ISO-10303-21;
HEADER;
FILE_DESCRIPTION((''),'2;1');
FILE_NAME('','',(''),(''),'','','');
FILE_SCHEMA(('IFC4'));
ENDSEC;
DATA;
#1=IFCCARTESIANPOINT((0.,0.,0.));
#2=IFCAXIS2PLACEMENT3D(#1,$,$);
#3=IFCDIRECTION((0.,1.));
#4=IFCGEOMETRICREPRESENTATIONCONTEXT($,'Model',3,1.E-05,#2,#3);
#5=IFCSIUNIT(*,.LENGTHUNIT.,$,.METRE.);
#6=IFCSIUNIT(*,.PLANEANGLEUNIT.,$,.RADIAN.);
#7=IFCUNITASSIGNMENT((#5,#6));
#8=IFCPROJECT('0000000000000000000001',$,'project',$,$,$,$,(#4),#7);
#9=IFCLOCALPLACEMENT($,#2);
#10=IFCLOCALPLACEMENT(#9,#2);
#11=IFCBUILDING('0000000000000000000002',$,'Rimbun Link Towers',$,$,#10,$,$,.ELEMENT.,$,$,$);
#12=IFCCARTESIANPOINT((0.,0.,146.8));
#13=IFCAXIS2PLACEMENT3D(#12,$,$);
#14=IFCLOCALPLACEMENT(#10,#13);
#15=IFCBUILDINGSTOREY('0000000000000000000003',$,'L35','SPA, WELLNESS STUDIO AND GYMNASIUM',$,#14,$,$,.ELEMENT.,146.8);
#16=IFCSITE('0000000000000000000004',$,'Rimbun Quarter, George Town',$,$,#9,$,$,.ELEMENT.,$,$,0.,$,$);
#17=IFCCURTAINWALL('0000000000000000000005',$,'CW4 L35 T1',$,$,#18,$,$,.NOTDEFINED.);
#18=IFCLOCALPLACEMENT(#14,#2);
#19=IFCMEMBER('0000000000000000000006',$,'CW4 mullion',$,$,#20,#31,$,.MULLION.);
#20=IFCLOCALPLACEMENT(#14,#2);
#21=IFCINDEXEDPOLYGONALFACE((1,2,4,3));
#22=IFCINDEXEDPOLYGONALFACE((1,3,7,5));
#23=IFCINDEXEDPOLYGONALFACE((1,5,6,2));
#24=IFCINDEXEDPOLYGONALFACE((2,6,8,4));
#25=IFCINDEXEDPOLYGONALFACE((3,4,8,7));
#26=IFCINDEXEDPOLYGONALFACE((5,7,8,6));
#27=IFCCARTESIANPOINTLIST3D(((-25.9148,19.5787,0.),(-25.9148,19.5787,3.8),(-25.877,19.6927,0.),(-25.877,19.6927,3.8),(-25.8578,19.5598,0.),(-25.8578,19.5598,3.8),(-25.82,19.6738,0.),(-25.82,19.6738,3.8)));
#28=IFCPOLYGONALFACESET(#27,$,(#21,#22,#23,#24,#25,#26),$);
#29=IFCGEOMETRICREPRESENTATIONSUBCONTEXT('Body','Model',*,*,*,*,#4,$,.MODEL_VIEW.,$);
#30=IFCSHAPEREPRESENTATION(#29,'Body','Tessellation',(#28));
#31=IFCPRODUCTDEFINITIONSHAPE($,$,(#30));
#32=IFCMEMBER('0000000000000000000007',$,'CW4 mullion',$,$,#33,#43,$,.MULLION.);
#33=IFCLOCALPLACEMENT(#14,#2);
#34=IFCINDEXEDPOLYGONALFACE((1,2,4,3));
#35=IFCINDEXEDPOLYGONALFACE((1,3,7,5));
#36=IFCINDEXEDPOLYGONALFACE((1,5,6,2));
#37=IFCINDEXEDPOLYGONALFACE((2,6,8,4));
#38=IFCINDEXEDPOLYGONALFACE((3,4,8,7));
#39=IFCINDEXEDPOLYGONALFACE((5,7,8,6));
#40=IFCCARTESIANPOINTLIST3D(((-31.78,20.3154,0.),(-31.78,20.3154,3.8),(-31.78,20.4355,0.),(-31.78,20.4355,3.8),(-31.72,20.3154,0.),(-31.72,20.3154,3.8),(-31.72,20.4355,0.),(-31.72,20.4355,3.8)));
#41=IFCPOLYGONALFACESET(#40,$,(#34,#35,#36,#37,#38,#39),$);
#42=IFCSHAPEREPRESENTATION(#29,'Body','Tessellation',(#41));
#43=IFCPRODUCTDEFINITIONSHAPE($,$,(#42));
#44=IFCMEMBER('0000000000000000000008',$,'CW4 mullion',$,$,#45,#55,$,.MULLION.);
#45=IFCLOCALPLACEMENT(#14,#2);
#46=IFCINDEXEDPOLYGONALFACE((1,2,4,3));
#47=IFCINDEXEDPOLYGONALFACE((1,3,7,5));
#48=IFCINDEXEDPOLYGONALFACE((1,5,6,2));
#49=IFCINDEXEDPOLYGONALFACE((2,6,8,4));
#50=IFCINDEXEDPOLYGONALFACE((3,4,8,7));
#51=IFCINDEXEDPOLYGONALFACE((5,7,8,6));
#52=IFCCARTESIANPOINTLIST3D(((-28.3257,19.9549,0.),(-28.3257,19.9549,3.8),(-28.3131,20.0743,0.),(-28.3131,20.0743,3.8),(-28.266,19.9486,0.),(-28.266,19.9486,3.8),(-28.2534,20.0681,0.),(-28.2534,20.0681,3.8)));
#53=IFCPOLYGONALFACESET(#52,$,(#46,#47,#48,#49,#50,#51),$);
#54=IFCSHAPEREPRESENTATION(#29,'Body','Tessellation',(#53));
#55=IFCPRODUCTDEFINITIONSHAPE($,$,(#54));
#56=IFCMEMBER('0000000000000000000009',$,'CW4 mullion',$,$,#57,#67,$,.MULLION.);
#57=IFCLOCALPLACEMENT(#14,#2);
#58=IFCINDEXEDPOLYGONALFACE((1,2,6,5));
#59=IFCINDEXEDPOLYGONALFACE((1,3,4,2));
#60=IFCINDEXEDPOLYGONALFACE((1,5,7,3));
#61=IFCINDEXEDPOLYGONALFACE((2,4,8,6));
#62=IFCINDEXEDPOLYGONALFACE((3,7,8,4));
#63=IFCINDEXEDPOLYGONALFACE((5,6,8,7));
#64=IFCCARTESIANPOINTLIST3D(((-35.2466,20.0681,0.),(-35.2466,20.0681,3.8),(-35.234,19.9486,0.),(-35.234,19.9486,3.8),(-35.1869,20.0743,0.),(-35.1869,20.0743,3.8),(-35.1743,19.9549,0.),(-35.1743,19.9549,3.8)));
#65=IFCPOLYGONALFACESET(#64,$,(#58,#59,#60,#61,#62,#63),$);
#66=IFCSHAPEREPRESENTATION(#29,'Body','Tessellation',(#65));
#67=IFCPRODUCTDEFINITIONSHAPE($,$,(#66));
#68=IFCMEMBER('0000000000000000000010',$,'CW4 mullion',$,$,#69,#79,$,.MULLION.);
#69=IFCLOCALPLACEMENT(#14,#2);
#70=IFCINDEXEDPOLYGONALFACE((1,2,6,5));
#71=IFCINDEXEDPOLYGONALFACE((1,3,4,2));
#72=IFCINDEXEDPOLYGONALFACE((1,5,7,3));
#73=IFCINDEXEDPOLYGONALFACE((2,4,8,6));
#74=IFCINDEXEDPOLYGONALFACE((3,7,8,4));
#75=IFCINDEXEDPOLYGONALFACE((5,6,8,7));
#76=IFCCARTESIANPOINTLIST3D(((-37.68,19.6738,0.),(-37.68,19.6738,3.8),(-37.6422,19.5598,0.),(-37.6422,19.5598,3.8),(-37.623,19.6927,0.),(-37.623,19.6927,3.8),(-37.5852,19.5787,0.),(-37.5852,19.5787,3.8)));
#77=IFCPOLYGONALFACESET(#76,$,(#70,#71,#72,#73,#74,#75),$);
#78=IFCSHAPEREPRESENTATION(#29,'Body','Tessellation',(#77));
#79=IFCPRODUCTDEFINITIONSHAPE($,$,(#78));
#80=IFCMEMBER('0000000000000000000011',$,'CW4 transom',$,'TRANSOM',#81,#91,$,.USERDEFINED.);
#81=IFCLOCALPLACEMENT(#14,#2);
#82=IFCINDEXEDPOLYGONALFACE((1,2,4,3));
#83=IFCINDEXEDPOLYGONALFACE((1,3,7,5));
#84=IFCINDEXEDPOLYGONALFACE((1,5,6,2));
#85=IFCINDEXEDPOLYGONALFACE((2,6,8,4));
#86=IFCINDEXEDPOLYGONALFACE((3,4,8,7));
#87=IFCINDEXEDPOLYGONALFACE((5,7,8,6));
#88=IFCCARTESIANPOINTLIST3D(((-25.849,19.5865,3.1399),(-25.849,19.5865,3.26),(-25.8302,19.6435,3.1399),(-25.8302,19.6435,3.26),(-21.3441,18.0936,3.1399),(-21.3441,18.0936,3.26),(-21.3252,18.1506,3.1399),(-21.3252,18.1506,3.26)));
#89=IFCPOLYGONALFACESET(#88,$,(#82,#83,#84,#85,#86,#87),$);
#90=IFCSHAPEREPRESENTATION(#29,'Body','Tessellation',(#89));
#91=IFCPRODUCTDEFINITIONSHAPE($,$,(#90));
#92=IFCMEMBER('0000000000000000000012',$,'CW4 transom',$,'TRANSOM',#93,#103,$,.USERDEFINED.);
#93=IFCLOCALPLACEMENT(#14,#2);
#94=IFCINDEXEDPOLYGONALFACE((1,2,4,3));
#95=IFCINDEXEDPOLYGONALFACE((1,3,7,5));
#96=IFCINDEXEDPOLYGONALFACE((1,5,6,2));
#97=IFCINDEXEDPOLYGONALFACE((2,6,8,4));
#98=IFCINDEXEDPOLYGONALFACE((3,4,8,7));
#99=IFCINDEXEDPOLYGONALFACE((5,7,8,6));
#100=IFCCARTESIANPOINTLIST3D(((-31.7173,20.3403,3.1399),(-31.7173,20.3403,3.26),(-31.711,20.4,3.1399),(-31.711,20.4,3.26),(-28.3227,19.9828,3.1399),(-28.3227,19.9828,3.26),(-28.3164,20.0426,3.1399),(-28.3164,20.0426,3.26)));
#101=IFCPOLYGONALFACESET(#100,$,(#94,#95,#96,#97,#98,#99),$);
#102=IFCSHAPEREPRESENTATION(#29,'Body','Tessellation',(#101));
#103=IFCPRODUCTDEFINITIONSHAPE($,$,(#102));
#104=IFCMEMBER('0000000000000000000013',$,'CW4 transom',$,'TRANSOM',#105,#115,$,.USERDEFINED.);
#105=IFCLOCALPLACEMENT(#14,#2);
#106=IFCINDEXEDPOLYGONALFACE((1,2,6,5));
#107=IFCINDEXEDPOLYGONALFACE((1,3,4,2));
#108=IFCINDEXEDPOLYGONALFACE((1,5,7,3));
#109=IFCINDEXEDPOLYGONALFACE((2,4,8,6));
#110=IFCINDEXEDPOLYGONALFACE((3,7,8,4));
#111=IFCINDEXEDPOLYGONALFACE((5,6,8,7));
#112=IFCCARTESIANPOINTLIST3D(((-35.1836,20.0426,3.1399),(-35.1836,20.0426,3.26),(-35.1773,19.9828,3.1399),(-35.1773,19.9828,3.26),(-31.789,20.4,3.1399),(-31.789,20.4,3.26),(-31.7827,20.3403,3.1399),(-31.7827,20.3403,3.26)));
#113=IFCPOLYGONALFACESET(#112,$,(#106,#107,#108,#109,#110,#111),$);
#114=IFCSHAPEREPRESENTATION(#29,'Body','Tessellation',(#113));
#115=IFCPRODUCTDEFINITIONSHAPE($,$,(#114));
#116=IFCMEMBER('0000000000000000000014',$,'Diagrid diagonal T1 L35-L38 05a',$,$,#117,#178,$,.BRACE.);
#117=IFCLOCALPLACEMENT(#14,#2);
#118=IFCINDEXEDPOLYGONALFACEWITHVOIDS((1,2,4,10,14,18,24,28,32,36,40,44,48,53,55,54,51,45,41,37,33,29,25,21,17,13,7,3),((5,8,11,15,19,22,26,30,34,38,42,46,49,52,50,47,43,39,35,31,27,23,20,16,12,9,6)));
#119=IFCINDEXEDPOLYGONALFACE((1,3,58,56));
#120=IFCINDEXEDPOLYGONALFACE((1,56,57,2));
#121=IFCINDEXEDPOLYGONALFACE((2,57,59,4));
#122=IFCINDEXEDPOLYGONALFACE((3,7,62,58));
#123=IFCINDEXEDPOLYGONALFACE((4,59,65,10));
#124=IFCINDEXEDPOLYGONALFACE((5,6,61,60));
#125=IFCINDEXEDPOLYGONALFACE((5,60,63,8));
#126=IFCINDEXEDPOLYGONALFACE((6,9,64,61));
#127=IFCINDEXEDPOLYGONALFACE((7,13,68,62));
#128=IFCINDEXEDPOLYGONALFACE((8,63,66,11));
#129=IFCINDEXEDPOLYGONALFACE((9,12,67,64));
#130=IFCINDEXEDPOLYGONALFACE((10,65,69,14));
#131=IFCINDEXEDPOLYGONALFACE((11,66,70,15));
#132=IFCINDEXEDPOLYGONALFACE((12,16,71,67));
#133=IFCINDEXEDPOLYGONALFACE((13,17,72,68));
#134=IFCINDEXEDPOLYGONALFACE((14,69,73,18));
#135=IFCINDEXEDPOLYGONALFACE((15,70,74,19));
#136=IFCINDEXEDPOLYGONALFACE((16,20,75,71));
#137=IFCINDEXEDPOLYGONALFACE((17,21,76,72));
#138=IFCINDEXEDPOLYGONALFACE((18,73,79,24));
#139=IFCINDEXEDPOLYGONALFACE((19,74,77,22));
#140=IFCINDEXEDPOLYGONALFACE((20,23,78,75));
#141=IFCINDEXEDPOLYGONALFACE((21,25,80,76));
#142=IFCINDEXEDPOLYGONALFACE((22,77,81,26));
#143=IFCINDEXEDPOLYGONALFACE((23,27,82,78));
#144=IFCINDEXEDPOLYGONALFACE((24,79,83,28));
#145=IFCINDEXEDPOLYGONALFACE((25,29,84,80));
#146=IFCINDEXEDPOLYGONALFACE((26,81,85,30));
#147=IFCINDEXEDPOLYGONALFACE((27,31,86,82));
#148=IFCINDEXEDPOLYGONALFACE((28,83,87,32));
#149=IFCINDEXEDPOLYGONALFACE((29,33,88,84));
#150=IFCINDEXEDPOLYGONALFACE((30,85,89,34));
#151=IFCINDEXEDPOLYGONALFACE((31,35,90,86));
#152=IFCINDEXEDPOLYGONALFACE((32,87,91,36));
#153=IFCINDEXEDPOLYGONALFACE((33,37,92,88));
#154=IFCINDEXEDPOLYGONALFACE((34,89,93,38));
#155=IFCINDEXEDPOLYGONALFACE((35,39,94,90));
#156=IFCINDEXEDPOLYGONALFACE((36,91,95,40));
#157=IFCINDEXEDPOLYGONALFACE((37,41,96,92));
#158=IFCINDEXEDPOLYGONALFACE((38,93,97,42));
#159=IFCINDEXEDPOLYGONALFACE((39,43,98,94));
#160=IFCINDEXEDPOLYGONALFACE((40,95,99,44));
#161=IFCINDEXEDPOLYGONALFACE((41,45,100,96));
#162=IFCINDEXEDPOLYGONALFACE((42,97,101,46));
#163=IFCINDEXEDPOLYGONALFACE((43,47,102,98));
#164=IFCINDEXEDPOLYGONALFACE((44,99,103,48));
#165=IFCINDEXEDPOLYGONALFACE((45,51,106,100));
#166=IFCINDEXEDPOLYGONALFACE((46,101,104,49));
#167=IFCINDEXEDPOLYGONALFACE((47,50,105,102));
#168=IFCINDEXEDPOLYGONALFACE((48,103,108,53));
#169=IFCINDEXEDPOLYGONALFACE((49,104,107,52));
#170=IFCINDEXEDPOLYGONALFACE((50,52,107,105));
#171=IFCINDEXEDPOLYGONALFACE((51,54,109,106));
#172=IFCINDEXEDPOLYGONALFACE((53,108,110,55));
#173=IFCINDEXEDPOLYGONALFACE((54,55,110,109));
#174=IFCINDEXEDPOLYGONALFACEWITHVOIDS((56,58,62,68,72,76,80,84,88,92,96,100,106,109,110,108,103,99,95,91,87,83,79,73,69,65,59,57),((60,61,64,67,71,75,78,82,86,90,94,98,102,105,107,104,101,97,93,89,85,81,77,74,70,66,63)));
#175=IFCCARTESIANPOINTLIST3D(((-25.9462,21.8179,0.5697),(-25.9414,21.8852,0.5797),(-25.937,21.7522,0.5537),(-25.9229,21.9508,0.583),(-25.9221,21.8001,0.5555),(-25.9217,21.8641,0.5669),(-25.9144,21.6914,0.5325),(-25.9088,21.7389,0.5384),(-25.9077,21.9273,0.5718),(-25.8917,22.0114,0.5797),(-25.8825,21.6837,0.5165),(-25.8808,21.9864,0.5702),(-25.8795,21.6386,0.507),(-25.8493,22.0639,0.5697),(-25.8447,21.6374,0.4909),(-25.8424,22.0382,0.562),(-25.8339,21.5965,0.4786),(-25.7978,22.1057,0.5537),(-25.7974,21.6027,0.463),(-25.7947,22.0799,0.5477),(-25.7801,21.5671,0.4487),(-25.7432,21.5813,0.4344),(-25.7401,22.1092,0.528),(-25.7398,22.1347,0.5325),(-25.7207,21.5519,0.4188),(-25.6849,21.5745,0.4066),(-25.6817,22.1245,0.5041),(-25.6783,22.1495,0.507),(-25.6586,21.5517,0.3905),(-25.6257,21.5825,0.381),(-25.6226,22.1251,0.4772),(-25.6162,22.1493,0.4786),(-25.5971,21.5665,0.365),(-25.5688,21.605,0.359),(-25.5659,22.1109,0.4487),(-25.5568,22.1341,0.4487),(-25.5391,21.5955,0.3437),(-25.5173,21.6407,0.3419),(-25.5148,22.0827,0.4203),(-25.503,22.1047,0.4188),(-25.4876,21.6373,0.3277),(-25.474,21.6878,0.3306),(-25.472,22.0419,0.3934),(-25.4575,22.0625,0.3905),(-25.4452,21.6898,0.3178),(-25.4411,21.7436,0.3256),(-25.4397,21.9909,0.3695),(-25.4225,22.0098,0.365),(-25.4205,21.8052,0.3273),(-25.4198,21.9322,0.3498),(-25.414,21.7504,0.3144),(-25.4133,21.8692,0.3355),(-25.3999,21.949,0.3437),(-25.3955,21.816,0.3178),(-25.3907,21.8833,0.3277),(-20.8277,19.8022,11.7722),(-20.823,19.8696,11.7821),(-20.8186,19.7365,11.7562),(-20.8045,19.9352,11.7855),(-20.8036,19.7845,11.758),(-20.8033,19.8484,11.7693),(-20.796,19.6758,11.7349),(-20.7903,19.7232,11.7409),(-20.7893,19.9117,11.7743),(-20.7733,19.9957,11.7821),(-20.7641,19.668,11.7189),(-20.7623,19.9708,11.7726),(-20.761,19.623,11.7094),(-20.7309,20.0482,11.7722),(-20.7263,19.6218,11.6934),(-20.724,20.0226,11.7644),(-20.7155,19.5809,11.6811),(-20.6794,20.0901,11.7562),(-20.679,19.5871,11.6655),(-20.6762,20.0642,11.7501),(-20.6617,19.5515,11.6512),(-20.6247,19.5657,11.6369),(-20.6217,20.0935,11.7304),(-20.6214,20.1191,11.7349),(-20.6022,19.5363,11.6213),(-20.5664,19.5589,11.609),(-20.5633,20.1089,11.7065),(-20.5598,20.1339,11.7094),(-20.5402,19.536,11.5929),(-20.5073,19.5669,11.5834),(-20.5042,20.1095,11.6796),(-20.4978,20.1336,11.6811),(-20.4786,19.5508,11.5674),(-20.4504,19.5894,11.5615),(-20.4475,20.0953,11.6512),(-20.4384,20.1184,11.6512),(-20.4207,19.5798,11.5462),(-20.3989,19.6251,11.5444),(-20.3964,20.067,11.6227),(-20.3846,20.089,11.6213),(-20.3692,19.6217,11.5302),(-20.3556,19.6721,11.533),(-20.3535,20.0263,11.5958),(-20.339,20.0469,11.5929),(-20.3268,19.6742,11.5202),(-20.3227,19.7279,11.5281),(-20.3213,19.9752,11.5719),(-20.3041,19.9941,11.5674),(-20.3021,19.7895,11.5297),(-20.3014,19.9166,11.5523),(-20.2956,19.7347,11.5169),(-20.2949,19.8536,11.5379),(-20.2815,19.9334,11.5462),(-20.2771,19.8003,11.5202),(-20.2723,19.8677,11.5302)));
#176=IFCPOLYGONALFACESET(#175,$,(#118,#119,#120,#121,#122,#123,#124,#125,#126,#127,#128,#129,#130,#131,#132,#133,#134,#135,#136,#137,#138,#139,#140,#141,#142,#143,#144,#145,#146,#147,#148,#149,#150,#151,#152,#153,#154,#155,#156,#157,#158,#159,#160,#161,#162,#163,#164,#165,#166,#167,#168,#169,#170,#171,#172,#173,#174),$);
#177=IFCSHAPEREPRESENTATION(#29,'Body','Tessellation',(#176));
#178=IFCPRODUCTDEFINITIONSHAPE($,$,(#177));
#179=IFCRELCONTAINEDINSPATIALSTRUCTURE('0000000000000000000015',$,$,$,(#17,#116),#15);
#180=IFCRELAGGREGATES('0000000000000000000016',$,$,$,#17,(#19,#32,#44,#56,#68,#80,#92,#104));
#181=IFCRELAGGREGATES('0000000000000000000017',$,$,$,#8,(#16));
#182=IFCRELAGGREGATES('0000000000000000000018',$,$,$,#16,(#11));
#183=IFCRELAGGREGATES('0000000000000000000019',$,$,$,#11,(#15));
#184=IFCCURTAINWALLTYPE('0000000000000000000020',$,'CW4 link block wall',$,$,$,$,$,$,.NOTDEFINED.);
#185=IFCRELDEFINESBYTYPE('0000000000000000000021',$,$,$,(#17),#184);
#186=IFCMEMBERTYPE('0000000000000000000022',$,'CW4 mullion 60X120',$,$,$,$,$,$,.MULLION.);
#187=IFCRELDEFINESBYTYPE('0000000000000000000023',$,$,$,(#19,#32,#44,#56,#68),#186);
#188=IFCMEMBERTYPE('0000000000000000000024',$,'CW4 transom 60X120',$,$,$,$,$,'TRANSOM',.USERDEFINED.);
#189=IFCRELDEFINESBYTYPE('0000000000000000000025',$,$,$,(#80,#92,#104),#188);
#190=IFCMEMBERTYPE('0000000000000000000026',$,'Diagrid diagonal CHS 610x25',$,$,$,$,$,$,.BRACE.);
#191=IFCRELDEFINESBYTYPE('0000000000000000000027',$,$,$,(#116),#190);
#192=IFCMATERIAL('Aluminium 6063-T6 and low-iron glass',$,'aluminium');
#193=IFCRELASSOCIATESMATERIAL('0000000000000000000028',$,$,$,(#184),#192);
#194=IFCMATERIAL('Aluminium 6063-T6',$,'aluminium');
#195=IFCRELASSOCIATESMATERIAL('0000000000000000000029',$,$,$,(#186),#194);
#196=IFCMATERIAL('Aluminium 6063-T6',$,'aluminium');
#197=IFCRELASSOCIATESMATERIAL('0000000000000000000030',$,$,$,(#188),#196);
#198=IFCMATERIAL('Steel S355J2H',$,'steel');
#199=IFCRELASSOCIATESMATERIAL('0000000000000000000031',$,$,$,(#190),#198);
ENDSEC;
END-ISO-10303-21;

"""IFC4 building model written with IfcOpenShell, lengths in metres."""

from ifc_helpers import new_model, si_unit, direction, frame, origin, origin_2d, place, context, subcontext, project, spatial, rectangle, hollow_circle, extrude, material, material_profile, profile_set, type_object, element, aggregate, save


model = new_model("IFC4")

# Units and contexts
model_context = context("Model", 3, precision=1e-05, world=origin(), true_north=direction((0.0, 1.0)))
body_context = subcontext(model_context, "Body", "Model", "MODEL_VIEW")
ifc_project = project(units=[si_unit("LENGTHUNIT", "METRE"), si_unit("PLANEANGLEUNIT", "RADIAN")], contexts=[model_context])

# Site, building, storey
site_placement = place(None, origin())
site = spatial("IfcSite", under=ifc_project, at=site_placement, Name="Rimbun Quarter, George Town", CompositionType="ELEMENT", RefElevation=0.0)
building_placement = place(site_placement, origin())
building = spatial("IfcBuilding", under=site, at=building_placement, Name="Rimbun Link Towers", CompositionType="ELEMENT")
storey_placement = place(building_placement, frame((0.0, 0.0, 146.8)))
storey = spatial("IfcBuildingStorey", under=building, at=storey_placement, Name="L35", Description="SPA, WELLNESS STUDIO AND GYMNASIUM", CompositionType="ELEMENT", Elevation=146.8)

# Curtain wall, members
ifc_material_1 = material(Name="Aluminium 6063-T6 and low-iron glass", Category="aluminium")
curtain_wall_type = type_object("IfcCurtainWallType", Name="CW4 link block wall", PredefinedType="NOTDEFINED", material=ifc_material_1)
curtain_wall_placement = place(storey_placement, origin())
curtain_wall = element("IfcCurtainWall", 1, at=curtain_wall_placement, inside=storey, type_object=curtain_wall_type, Name="CW4 L35 T1", PredefinedType="NOTDEFINED")
ifc_material_2 = material(Name="Aluminium 6063-T6", Category="aluminium")
ifc_material_profile_1 = material_profile(ifc_material_2, rectangle(XDim=0.1201, YDim=0.0601, at=origin_2d()), Name="MULLION 60X120")
ifc_profile_set_1 = profile_set([ifc_material_profile_1], Name="Aluminium 6063-T6")
member_type_1 = type_object("IfcMemberType", Name="CW4 mullion 60X120", PredefinedType="MULLION", material=ifc_profile_set_1)
member_1_placement = place(storey_placement, frame((-25.8674, 19.6262, 0.0), z_axis=(0.0, 0.0, 1.0), x_axis=(0.314568, 0.949235, 0.0)))
member_1 = element("IfcMember", 2, at=member_1_placement, type_object=member_type_1, Name="CW4 mullion", PredefinedType="MULLION", context=body_context, shape_type="SweptSolid", body=[
    extrude(rectangle(XDim=0.1201, YDim=0.0601, at=origin_2d()), origin(), (0.0, 0.0, 1.0), 3.8),
])
member_2_placement = place(storey_placement, frame((-31.75, 20.3755, 0.0), z_axis=(0.0, 0.0, 1.0), x_axis=(0.0, 1.0, 0.0)))
member_2 = element("IfcMember", 3, at=member_2_placement, type_object=member_type_1, Name="CW4 mullion", PredefinedType="MULLION", context=body_context, shape_type="SweptSolid", body=[
    extrude(rectangle(XDim=0.1201, YDim=0.0601, at=origin_2d()), origin(), (0.0, 0.0, 1.0), 3.8),
])
member_3_placement = place(storey_placement, frame((-28.2896, 20.0115, 0.0), z_axis=(0.0, 0.0, 1.0), x_axis=(0.104745, 0.994499, 0.0)))
member_3 = element("IfcMember", 4, at=member_3_placement, type_object=member_type_1, Name="CW4 mullion", PredefinedType="MULLION", context=body_context, shape_type="SweptSolid", body=[
    extrude(rectangle(XDim=0.1201, YDim=0.0601, at=origin_2d()), origin(), (0.0, 0.0, 1.0), 3.8),
])
member_4_placement = place(storey_placement, frame((-35.2104, 20.0115, 0.0), z_axis=(0.0, 0.0, 1.0), x_axis=(-0.104745, 0.994499, 0.0)))
member_4 = element("IfcMember", 5, at=member_4_placement, type_object=member_type_1, Name="CW4 mullion", PredefinedType="MULLION", context=body_context, shape_type="SweptSolid", body=[
    extrude(rectangle(XDim=0.1201, YDim=0.0601, at=origin_2d()), origin(), (0.0, 0.0, 1.0), 3.8),
])
member_5_placement = place(storey_placement, frame((-37.6326, 19.6262, 0.0), z_axis=(0.0, 0.0, 1.0), x_axis=(-0.314568, 0.949235, 0.0)))
member_5 = element("IfcMember", 6, at=member_5_placement, type_object=member_type_1, Name="CW4 mullion", PredefinedType="MULLION", context=body_context, shape_type="SweptSolid", body=[
    extrude(rectangle(XDim=0.1201, YDim=0.0601, at=origin_2d()), origin(), (0.0, 0.0, 1.0), 3.8),
])
ifc_material_3 = material(Name="Aluminium 6063-T6", Category="aluminium")
ifc_material_profile_2 = material_profile(ifc_material_3, rectangle(XDim=0.0601, YDim=0.1201, at=origin_2d()), Name="TRANSOM 60X120")
ifc_profile_set_2 = profile_set([ifc_material_profile_2], Name="Aluminium 6063-T6")
member_type_2 = type_object("IfcMemberType", Name="CW4 transom 60X120", ElementType="TRANSOM", PredefinedType="USERDEFINED", material=ifc_profile_set_2)
member_6_placement = place(storey_placement, frame((-25.8396, 19.615, 3.2), z_axis=(0.949232, -0.314576, 0.0), x_axis=(0.314576, 0.949232, 0.0)))
member_6 = element("IfcMember", 7, at=member_6_placement, type_object=member_type_2, Name="CW4 transom", ObjectType="TRANSOM", PredefinedType="USERDEFINED", context=body_context, shape_type="SweptSolid", body=[
    extrude(rectangle(XDim=0.0601, YDim=0.1201, at=origin_2d()), origin(), (0.0, 0.0, 1.0), 4.7458),
])
member_7_placement = place(storey_placement, frame((-31.7141, 20.3701, 3.2), z_axis=(0.994502, -0.104715, 0.0), x_axis=(0.104715, 0.994502, 0.0)))
member_7 = element("IfcMember", 8, at=member_7_placement, type_object=member_type_2, Name="CW4 transom", ObjectType="TRANSOM", PredefinedType="USERDEFINED", context=body_context, shape_type="SweptSolid", body=[
    extrude(rectangle(XDim=0.0601, YDim=0.1201, at=origin_2d()), origin(), (0.0, 0.0, 1.0), 3.4133),
])
member_8_placement = place(storey_placement, frame((-35.1804, 20.0127, 3.2), z_axis=(0.994502, 0.104715, 0.0), x_axis=(-0.104715, 0.994502, 0.0)))
member_8 = element("IfcMember", 9, at=member_8_placement, type_object=member_type_2, Name="CW4 transom", ObjectType="TRANSOM", PredefinedType="USERDEFINED", context=body_context, shape_type="SweptSolid", body=[
    extrude(rectangle(XDim=0.0601, YDim=0.1201, at=origin_2d()), origin(), (0.0, 0.0, 1.0), 3.4133),
])

# Member
ifc_material_4 = material(Name="Steel S355J2H", Category="steel")
ifc_material_profile_3 = material_profile(ifc_material_4, hollow_circle(Radius=0.3047, WallThickness=0.0249, at=origin_2d()), Name="Diagrid diagonal CHS 610x25")
ifc_profile_set_3 = profile_set([ifc_material_profile_3], Name="Steel S355J2H")
member_type_3 = type_object("IfcMemberType", Name="Diagrid diagonal CHS 610x25", PredefinedType="BRACE", material=ifc_profile_set_3)
member_9_placement = place(storey_placement, frame((-25.6685, 21.8506, 0.4487), z_axis=(0.410124, -0.161506, 0.897616), x_axis=(0.366412, 0.930453, 0.0)))
element("IfcMember", 10, at=member_9_placement, inside=storey, type_object=member_type_3, Name="Diagrid diagonal T1 L35-L38 05a", PredefinedType="BRACE", context=body_context, shape_type="SweptSolid", body=[
    extrude(hollow_circle(Radius=0.3047, WallThickness=0.0249, at=origin_2d()), origin(), (0.0, 0.0, 1.0), 12.4802),
])

aggregate(curtain_wall, [member_1, member_2, member_3, member_4, member_5, member_6, member_7, member_8])

save(model, "model.ifc")
